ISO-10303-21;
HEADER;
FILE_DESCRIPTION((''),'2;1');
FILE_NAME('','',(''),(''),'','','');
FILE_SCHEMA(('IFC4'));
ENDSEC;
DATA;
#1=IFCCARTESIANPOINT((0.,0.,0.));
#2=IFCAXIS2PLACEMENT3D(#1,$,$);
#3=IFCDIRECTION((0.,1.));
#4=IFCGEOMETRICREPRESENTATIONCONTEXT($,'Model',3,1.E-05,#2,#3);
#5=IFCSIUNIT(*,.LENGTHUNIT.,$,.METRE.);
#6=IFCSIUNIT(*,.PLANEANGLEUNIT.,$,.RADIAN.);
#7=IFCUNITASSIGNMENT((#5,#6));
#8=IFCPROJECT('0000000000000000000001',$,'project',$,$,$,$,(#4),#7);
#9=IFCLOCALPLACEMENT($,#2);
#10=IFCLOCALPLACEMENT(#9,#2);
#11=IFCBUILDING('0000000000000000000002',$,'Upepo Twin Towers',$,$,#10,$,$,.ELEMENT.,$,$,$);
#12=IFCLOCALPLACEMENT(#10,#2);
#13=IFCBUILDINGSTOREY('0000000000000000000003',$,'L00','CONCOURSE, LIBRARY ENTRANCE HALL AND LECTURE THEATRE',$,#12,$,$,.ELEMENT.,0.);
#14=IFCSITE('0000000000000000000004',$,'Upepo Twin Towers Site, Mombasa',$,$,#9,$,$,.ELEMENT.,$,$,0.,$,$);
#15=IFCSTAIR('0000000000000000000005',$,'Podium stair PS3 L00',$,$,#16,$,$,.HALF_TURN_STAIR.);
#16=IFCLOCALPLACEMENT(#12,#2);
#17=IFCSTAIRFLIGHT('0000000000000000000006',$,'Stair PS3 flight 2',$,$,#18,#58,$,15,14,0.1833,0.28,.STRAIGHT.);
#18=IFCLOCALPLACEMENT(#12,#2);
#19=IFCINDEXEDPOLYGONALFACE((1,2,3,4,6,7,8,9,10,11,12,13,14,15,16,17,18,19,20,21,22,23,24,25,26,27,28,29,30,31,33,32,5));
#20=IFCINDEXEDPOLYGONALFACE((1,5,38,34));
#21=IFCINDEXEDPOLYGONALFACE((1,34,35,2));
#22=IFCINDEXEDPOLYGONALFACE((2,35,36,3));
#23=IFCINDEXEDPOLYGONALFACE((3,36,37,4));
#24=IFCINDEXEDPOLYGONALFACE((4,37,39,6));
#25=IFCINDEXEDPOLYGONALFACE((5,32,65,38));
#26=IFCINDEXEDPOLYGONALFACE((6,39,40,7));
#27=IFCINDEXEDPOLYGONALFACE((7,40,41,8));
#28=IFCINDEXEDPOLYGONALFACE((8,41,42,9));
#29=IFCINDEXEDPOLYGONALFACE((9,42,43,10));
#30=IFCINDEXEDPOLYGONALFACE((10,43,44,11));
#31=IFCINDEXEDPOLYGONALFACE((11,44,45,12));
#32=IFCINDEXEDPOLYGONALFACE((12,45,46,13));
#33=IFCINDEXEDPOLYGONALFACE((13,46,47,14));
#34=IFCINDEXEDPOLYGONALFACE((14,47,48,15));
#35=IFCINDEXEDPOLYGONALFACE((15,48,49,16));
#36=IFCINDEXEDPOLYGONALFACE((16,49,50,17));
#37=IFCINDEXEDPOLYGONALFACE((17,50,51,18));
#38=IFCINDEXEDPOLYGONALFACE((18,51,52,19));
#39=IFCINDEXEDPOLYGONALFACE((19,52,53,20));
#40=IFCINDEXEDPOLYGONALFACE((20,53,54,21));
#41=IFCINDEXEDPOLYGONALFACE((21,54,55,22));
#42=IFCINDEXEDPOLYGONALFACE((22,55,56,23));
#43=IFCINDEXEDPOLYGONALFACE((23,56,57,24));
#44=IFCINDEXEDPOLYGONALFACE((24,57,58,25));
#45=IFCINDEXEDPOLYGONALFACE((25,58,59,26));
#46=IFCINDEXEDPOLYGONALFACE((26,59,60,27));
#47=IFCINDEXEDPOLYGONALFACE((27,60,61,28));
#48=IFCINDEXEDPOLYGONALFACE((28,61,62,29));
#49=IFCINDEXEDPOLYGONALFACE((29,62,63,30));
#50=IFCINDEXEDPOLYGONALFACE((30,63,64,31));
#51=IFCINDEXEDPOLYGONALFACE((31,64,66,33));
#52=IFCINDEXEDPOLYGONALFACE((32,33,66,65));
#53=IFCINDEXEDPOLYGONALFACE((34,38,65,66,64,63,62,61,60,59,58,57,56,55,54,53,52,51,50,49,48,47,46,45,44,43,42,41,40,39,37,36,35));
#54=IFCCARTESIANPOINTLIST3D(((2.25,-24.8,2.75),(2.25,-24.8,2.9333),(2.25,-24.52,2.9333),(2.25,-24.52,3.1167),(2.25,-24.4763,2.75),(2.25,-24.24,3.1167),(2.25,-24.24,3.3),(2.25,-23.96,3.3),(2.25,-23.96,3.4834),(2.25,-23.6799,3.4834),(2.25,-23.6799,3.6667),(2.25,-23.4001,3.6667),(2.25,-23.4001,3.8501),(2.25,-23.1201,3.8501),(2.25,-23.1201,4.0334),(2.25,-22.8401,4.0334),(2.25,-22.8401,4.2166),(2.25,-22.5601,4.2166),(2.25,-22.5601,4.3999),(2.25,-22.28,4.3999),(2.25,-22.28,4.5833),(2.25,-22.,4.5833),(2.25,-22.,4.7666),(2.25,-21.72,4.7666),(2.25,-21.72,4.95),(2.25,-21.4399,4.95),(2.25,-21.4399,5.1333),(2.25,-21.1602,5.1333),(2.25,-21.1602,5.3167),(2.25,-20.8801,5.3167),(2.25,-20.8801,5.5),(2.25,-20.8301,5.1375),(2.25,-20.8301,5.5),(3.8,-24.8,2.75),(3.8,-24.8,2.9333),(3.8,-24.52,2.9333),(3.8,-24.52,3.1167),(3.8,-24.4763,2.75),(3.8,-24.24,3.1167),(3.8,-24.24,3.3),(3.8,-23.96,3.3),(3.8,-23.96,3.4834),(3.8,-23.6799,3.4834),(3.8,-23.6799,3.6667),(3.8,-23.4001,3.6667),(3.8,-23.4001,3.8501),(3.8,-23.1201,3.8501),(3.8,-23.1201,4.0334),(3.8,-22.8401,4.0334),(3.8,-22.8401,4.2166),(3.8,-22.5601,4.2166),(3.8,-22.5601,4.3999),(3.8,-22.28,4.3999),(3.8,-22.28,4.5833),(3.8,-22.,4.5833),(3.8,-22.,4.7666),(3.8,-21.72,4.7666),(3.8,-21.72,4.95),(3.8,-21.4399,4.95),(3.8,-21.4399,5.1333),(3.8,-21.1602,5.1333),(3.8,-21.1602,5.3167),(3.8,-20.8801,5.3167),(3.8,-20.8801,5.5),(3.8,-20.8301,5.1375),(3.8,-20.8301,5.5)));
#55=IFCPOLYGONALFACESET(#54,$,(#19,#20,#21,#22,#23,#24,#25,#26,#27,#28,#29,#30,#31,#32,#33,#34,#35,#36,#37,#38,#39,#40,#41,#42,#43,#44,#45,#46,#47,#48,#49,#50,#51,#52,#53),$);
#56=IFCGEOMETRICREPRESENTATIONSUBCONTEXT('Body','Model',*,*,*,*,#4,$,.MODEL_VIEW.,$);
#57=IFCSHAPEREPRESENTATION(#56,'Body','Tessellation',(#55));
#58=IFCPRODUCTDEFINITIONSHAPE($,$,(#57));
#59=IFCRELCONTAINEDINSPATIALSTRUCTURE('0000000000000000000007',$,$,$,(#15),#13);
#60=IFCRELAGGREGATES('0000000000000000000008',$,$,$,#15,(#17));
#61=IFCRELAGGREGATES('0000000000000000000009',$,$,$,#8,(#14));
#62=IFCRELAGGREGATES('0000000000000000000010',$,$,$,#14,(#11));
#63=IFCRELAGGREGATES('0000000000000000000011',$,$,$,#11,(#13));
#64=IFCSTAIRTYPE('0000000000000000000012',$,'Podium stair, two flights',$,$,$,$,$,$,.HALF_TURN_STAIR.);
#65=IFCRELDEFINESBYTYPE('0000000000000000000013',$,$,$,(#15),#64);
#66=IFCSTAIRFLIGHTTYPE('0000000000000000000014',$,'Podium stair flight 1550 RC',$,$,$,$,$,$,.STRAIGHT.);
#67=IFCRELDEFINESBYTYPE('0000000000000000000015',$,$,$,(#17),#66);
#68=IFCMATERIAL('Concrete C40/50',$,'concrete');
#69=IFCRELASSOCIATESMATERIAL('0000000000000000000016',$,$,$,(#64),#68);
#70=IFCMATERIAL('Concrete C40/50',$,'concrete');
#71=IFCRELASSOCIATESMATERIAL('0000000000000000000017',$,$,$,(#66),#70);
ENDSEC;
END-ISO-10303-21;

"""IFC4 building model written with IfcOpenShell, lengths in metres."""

from ifc_helpers import new_model, si_unit, direction, frame, origin, place, context, subcontext, project, spatial, polyline, outline, extrude, material, type_object, element, aggregate, save


model = new_model("IFC4")

# Units and contexts
model_context = context("Model", 3, precision=1e-05, world=origin(), true_north=direction((0.0, 1.0)))
body_context = subcontext(model_context, "Body", "Model", "MODEL_VIEW")
ifc_project = project(units=[si_unit("LENGTHUNIT", "METRE"), si_unit("PLANEANGLEUNIT", "RADIAN")], contexts=[model_context])

# Site, building, storey
site_placement = place(None, origin())
site = spatial("IfcSite", under=ifc_project, at=site_placement, Name="Upepo Twin Towers Site, Mombasa", CompositionType="ELEMENT", RefElevation=0.0)
building_placement = place(site_placement, origin())
building = spatial("IfcBuilding", under=site, at=building_placement, Name="Upepo Twin Towers", CompositionType="ELEMENT")
storey_placement = place(building_placement, origin())
storey = spatial("IfcBuildingStorey", under=building, at=storey_placement, Name="L00", Description="CONCOURSE, LIBRARY ENTRANCE HALL AND LECTURE THEATRE", CompositionType="ELEMENT", Elevation=0.0)

# Stair, stair flight
ifc_material_1 = material(Name="Concrete C40/50", Category="concrete")
stair_type = type_object("IfcStairType", Name="Podium stair, two flights", PredefinedType="HALF_TURN_STAIR", material=ifc_material_1)
stair_placement = place(storey_placement, origin())
stair = element("IfcStair", 1, at=stair_placement, inside=storey, type_object=stair_type, Name="Podium stair PS3 L00", PredefinedType="HALF_TURN_STAIR")
ifc_material_2 = material(Name="Concrete C40/50", Category="concrete")
stair_flight_type = type_object("IfcStairFlightType", Name="Podium stair flight 1550 RC", PredefinedType="STRAIGHT", material=ifc_material_2)
stair_flight_1_placement = place(storey_placement, frame((3.0249, -24.8, 2.75), z_axis=(0.0, 0.0, 1.0), x_axis=(0.0, 1.0, 0.0)))
stair_flight_1 = element("IfcStairFlight", 2, at=stair_flight_1_placement, type_object=stair_flight_type, Name="Stair PS3 flight 2", NumberOfRisers=15, NumberOfTreads=14, PredefinedType="STRAIGHT", RiserHeight=0.1833, TreadLength=0.28, context=body_context, shape_type="SweptSolid", body=[
    extrude(outline(polyline([(0.0, 0.0), (0.0, 0.1833), (0.28, 0.1833), (0.28, 0.3667), (0.5601, 0.3667), (0.5601, 0.55), (0.8401, 0.55), (0.8401, 0.7334), (1.1201, 0.7334), (1.1201, 0.9167), (1.3999, 0.9167), (1.3999, 1.1001), (1.6799, 1.1001), (1.6799, 1.2834), (1.96, 1.2834), (1.96, 1.4666), (2.24, 1.4666), (2.24, 1.6499), (2.52, 1.6499), (2.52, 1.8333), (2.8, 1.8333), (2.8, 2.0166), (3.0801, 2.0166), (3.0801, 2.2), (3.3601, 2.2), (3.3601, 2.3833), (3.6399, 2.3833), (3.6399, 2.5667), (3.9199, 2.5667), (3.9199, 2.75), (3.97, 2.75), (3.97, 2.3875), (0.3237, 0.0), (0.0, 0.0)])), frame((0.0, 0.7749, 0.0), z_axis=(0.0, -1.0, 0.0), x_axis=(1.0, 0.0, 0.0)), (0.0, 0.0, 1.0), 1.55),
])
aggregate(stair, [stair_flight_1])

save(model, "model.ifc")
